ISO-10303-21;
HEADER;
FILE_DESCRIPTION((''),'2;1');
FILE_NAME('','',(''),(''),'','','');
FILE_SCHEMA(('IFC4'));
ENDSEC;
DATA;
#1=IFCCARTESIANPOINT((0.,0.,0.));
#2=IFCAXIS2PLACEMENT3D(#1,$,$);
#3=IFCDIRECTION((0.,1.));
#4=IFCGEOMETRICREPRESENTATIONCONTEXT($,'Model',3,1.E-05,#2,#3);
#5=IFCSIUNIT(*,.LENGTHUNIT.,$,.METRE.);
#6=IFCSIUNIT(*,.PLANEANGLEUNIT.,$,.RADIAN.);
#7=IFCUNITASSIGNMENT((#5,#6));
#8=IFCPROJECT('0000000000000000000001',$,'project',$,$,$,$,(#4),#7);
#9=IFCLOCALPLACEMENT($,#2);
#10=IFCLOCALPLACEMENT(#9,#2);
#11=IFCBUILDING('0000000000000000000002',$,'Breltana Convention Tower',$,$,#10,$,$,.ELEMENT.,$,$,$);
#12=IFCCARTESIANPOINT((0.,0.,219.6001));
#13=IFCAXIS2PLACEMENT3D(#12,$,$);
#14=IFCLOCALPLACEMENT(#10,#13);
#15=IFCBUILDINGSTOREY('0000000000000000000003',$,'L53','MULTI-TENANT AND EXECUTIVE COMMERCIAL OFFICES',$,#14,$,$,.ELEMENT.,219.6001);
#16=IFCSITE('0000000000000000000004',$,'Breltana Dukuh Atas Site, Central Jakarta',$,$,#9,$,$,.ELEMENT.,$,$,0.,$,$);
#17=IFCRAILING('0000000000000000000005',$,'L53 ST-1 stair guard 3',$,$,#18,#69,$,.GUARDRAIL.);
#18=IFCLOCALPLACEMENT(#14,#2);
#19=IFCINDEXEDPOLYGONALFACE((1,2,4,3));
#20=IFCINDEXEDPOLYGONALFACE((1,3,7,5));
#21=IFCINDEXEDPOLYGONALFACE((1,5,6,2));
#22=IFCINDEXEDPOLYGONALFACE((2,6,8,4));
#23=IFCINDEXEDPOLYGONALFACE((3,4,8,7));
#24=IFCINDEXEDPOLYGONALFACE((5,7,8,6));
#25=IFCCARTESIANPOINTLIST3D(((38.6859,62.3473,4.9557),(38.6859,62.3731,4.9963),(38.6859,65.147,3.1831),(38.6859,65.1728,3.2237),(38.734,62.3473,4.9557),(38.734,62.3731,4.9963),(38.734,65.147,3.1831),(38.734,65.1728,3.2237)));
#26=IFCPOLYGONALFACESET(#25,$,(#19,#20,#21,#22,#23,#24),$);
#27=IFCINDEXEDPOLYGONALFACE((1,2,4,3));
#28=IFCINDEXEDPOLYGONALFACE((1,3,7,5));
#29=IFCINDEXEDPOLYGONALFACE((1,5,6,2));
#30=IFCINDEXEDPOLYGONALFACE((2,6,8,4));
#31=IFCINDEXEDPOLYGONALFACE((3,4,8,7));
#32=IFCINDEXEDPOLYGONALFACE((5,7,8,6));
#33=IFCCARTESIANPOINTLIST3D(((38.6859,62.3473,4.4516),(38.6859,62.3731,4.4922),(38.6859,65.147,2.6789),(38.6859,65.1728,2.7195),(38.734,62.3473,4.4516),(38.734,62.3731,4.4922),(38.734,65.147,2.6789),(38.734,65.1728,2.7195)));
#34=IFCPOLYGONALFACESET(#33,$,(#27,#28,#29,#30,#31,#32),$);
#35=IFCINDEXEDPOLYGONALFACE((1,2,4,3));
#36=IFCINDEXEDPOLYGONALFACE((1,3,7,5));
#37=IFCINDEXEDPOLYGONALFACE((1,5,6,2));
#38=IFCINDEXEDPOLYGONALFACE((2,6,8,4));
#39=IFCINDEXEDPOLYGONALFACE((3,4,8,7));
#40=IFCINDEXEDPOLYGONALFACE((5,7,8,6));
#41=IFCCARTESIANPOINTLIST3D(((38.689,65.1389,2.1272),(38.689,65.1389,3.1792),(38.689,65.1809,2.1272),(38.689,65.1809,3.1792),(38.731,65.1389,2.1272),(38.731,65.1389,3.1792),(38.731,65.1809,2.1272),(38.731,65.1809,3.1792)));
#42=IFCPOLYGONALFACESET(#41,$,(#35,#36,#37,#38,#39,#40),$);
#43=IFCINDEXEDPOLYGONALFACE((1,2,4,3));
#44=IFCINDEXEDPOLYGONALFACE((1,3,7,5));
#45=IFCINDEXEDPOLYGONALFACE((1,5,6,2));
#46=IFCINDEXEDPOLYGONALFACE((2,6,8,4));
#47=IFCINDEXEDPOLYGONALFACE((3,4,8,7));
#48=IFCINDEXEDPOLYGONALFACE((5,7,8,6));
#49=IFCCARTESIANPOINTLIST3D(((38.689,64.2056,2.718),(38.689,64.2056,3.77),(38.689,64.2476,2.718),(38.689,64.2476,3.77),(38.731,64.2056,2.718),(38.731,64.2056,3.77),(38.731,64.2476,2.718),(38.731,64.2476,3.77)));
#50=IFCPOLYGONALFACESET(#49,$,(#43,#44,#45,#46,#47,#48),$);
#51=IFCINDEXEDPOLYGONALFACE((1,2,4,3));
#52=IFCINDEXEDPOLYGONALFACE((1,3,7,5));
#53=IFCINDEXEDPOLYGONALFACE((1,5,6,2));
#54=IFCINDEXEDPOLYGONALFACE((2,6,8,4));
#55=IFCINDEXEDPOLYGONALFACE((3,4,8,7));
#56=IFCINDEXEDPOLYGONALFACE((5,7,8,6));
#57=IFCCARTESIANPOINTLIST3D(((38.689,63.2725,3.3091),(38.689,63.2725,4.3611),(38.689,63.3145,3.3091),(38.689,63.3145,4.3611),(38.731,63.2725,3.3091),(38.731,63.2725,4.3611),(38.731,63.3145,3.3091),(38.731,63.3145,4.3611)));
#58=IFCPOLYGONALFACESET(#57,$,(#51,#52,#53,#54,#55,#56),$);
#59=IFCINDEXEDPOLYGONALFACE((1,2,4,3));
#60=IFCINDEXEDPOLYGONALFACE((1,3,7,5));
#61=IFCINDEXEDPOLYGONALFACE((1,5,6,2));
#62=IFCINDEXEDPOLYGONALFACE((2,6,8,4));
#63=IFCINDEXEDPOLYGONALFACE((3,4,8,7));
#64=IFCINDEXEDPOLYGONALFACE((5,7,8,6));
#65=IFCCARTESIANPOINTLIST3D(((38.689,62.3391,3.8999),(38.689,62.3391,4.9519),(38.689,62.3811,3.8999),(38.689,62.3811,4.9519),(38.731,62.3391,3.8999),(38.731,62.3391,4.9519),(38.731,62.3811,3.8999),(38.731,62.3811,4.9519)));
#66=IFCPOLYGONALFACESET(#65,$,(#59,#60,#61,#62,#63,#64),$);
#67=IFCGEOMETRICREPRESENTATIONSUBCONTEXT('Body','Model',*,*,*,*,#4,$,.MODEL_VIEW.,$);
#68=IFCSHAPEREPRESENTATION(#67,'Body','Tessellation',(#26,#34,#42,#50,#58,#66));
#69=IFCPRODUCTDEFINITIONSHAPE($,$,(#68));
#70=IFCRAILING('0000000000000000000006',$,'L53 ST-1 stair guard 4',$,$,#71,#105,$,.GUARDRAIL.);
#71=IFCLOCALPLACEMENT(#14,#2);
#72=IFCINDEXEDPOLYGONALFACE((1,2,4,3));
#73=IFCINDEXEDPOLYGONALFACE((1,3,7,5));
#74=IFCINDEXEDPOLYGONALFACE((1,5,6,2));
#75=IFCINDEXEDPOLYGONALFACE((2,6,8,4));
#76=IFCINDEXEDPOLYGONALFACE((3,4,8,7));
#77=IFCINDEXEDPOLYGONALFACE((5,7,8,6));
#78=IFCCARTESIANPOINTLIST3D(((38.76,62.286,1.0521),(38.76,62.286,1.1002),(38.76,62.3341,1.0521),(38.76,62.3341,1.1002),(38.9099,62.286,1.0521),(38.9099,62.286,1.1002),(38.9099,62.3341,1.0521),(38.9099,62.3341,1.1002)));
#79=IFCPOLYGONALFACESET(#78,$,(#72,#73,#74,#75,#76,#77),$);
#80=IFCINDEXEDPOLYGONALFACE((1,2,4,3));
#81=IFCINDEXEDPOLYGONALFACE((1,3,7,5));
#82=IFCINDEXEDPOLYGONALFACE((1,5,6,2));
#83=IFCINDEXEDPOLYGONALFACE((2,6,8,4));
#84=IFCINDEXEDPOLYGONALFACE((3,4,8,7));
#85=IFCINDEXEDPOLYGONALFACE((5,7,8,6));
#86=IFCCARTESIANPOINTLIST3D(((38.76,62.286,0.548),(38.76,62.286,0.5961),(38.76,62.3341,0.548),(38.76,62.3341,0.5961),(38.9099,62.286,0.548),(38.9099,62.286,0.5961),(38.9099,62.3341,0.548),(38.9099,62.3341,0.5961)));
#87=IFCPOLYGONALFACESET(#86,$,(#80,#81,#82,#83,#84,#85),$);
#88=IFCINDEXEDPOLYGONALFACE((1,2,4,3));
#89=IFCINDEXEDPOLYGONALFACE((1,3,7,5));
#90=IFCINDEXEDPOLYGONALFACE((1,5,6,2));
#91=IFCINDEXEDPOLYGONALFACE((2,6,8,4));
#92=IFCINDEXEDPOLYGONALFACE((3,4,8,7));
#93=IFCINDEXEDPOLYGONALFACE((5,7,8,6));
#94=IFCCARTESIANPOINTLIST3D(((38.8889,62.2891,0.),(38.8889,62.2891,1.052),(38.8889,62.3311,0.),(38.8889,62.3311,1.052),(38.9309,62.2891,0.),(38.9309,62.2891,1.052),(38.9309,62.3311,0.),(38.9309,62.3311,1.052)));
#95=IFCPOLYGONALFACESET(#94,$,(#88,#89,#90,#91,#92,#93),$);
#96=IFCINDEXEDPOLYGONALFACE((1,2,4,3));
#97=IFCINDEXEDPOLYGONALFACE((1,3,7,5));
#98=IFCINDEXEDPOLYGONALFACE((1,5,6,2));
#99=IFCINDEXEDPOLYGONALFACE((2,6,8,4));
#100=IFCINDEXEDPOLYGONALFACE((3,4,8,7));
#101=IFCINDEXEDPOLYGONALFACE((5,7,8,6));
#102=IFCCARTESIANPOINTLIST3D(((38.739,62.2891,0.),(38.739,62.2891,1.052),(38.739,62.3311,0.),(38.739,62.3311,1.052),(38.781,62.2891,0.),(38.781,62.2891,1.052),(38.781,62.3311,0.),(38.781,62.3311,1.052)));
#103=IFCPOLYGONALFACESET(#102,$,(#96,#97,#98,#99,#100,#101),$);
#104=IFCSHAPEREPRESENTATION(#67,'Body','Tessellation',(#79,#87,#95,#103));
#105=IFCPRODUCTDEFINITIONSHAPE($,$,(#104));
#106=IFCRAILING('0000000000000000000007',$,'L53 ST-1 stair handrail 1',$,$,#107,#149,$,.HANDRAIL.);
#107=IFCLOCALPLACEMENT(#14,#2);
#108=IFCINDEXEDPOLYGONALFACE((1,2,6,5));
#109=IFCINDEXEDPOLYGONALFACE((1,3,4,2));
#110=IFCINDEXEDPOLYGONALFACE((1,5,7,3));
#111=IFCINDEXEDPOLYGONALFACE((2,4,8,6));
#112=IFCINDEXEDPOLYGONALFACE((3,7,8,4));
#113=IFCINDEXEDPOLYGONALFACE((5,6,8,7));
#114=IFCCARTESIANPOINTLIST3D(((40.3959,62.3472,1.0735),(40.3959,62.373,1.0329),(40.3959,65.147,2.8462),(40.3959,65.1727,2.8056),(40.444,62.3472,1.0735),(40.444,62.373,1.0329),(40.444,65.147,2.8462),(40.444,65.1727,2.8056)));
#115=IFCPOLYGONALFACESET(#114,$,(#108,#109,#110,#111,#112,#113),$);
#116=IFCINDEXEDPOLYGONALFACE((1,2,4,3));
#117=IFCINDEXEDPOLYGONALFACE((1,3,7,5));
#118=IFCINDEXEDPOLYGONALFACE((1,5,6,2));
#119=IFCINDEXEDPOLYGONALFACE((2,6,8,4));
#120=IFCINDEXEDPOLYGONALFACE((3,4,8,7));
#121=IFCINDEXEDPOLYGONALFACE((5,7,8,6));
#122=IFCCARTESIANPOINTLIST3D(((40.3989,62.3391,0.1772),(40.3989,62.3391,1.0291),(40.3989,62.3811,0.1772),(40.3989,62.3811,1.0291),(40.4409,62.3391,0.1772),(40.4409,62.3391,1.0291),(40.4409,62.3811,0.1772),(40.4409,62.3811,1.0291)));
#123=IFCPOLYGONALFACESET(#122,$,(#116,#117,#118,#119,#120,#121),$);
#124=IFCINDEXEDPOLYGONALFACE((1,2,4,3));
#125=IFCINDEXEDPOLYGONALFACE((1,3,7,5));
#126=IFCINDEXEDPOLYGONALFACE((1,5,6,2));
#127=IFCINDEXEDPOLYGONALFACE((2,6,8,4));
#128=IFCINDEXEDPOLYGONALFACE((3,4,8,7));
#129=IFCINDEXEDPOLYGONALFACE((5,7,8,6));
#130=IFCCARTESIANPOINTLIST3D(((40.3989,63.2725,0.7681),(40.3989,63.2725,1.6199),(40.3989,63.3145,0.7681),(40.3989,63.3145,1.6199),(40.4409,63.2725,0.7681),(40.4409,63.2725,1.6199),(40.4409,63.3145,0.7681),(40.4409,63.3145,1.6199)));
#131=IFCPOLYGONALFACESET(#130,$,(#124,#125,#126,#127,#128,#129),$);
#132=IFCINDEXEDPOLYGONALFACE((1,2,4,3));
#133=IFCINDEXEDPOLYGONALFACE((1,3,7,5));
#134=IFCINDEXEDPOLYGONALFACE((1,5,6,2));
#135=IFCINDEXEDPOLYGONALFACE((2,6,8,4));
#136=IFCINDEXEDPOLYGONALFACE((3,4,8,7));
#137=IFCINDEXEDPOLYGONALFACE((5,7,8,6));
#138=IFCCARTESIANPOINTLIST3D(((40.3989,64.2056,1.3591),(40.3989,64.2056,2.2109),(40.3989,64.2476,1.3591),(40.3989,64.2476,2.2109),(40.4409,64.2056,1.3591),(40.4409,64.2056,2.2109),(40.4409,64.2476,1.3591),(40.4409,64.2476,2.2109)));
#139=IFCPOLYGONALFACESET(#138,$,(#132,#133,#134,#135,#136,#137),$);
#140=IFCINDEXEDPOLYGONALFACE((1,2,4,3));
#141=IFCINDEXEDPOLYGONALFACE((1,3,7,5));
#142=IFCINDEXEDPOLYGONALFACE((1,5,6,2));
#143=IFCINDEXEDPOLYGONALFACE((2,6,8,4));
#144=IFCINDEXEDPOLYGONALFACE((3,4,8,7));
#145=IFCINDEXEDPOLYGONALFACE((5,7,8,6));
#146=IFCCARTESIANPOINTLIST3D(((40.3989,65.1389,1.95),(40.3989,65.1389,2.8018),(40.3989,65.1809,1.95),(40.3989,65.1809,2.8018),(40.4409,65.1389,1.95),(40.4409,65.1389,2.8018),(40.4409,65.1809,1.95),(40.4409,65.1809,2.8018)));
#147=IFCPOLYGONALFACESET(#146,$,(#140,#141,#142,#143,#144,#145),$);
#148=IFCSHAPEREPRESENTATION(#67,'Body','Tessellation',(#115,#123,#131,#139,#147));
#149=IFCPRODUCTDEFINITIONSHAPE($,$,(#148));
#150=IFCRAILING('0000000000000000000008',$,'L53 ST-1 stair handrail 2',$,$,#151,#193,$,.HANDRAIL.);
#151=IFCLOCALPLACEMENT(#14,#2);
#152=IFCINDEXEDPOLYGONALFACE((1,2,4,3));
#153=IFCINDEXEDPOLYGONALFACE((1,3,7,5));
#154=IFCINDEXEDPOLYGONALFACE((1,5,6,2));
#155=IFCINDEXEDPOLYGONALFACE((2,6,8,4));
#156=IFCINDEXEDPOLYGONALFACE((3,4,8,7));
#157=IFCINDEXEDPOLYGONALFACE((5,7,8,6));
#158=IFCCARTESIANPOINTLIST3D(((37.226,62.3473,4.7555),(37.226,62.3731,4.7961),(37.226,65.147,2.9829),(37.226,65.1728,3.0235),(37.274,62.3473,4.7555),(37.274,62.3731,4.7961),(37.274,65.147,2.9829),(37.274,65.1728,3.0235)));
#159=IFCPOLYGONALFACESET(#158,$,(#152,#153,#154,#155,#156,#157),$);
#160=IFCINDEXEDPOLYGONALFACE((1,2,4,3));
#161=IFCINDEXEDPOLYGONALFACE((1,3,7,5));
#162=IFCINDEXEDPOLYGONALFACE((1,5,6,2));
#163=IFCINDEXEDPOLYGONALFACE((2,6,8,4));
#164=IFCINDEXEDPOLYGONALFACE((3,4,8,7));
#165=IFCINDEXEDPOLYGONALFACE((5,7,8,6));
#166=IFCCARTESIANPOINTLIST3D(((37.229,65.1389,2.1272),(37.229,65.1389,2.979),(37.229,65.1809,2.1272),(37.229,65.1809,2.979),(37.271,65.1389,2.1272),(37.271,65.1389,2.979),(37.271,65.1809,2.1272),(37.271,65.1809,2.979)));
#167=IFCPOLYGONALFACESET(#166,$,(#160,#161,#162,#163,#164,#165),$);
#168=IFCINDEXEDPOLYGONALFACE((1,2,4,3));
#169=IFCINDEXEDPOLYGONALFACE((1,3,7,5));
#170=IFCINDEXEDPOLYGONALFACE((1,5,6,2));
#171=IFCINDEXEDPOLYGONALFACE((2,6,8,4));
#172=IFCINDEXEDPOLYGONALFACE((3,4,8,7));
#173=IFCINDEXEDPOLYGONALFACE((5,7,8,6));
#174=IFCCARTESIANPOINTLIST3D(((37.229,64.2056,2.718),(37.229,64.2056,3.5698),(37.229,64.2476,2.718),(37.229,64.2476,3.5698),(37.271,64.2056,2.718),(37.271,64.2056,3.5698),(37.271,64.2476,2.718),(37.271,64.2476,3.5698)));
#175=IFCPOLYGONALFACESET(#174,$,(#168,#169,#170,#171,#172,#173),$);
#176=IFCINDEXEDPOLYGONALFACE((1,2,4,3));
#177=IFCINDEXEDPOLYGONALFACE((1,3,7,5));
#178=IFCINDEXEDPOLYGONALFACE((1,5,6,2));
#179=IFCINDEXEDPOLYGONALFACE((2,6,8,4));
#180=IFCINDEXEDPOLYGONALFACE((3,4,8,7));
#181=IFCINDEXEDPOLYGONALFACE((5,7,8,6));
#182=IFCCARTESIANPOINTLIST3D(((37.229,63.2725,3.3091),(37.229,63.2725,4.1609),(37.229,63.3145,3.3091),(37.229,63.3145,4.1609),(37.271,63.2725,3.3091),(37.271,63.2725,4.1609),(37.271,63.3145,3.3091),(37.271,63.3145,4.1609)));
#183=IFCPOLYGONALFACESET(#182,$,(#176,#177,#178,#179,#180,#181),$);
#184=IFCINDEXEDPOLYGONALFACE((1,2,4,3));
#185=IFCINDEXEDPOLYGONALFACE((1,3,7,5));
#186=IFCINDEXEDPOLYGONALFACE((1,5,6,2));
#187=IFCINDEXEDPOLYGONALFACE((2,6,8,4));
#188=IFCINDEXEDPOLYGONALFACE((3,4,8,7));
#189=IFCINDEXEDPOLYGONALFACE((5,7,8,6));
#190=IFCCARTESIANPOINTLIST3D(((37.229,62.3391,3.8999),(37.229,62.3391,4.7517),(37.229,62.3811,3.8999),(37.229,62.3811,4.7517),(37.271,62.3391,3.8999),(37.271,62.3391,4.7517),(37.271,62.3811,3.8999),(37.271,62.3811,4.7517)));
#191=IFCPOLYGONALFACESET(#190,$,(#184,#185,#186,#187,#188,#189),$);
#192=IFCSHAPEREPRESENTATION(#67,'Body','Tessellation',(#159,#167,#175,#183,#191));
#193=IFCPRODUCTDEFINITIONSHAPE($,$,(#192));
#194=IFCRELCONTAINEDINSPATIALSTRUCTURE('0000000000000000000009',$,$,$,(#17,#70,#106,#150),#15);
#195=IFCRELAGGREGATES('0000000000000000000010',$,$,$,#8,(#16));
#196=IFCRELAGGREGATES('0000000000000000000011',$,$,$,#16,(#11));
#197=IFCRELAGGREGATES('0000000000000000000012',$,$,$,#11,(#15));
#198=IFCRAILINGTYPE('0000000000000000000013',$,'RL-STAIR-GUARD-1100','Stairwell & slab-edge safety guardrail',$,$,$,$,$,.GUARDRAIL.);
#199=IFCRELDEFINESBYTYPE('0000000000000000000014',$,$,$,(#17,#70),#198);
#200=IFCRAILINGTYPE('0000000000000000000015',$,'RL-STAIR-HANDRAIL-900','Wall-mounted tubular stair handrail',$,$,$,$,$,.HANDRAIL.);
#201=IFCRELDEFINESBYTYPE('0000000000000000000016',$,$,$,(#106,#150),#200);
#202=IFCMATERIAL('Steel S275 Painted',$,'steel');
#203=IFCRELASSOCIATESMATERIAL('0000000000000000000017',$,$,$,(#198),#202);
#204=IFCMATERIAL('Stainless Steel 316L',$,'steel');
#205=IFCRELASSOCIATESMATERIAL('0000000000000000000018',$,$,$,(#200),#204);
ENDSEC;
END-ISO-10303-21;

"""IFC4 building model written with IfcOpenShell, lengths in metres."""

from ifc_helpers import new_model, si_unit, direction, frame, origin, origin_2d, place, context, subcontext, project, spatial, rectangle, extrude, material, type_object, element, save


model = new_model("IFC4")

# Units and contexts
model_context = context("Model", 3, precision=1e-05, world=origin(), true_north=direction((0.0, 1.0)))
body_context = subcontext(model_context, "Body", "Model", "MODEL_VIEW")
ifc_project = project(units=[si_unit("LENGTHUNIT", "METRE"), si_unit("PLANEANGLEUNIT", "RADIAN")], contexts=[model_context])

# Site, building, storey
site_placement = place(None, origin())
site = spatial("IfcSite", under=ifc_project, at=site_placement, Name="Breltana Dukuh Atas Site, Central Jakarta", CompositionType="ELEMENT", RefElevation=0.0)
building_placement = place(site_placement, origin())
building = spatial("IfcBuilding", under=site, at=building_placement, Name="Breltana Convention Tower", CompositionType="ELEMENT")
storey_placement = place(building_placement, frame((0.0, 0.0, 219.6001)))
storey = spatial("IfcBuildingStorey", under=building, at=storey_placement, Name="L53", Description="MULTI-TENANT AND EXECUTIVE COMMERCIAL OFFICES", CompositionType="ELEMENT", Elevation=219.6001)

# Railings
ifc_material_1 = material(Name="Steel S275 Painted", Category="steel")
railing_type_1 = type_object("IfcRailingType", Name="RL-STAIR-GUARD-1100", Description="Stairwell & slab-edge safety guardrail", PredefinedType="GUARDRAIL", material=ifc_material_1)
railing_1_placement = place(storey_placement, frame((38.71, 65.1599, 2.1272)))
element("IfcRailing", 1, at=railing_1_placement, inside=storey, type_object=railing_type_1, Name="L53 ST-1 stair guard 3", PredefinedType="GUARDRAIL", context=body_context, shape_type="SweptSolid", body=[
    extrude(rectangle(XDim=0.0481, YDim=0.0481, at=origin_2d()), frame((0.0, 0.0, 1.0762), z_axis=(0.0, -0.844888, 0.534943), x_axis=(1.0, 0.0, 0.0)), (0.0, 0.0, 1.0), 3.3137),
    extrude(rectangle(XDim=0.0481, YDim=0.0481, at=origin_2d()), frame((0.0, 0.0, 0.572), z_axis=(0.0, -0.844888, 0.534943), x_axis=(1.0, 0.0, 0.0)), (0.0, 0.0, 1.0), 3.3137),
    extrude(rectangle(XDim=0.042, YDim=0.042, at=origin_2d()), origin(), (0.0, 0.0, 1.0), 1.052),
    extrude(rectangle(XDim=0.042, YDim=0.042, at=origin_2d()), frame((0.0, -0.9333, 0.5908)), (0.0, 0.0, 1.0), 1.052),
    extrude(rectangle(XDim=0.042, YDim=0.042, at=origin_2d()), frame((0.0, -1.8665, 1.1819)), (0.0, 0.0, 1.0), 1.052),
    extrude(rectangle(XDim=0.042, YDim=0.042, at=origin_2d()), frame((0.0, -2.7998, 1.7727)), (0.0, 0.0, 1.0), 1.052),
])
railing_2_placement = place(storey_placement, frame((38.9099, 62.3101, 0.0)))
element("IfcRailing", 2, at=railing_2_placement, inside=storey, type_object=railing_type_1, Name="L53 ST-1 stair guard 4", PredefinedType="GUARDRAIL", context=body_context, shape_type="SweptSolid", body=[
    extrude(rectangle(XDim=0.0481, YDim=0.0481, at=origin_2d()), frame((0.0, 0.0, 1.0762), z_axis=(-1.0, 0.0, 0.0), x_axis=(0.0, -1.0, 0.0)), (0.0, 0.0, 1.0), 0.1499),
    extrude(rectangle(XDim=0.0481, YDim=0.0481, at=origin_2d()), frame((0.0, 0.0, 0.572), z_axis=(-1.0, 0.0, 0.0), x_axis=(0.0, -1.0, 0.0)), (0.0, 0.0, 1.0), 0.1499),
    extrude(rectangle(XDim=0.042, YDim=0.042, at=origin_2d()), origin(), (0.0, 0.0, 1.0), 1.052),
    extrude(rectangle(XDim=0.042, YDim=0.042, at=origin_2d()), frame((-0.1499, 0.0, 0.0)), (0.0, 0.0, 1.0), 1.052),
])
ifc_material_2 = material(Name="Stainless Steel 316L", Category="steel")
railing_type_2 = type_object("IfcRailingType", Name="RL-STAIR-HANDRAIL-900", Description="Wall-mounted tubular stair handrail", PredefinedType="HANDRAIL", material=ifc_material_2)
railing_3_placement = place(storey_placement, frame((40.4199, 62.3601, 0.1772)))
element("IfcRailing", 3, at=railing_3_placement, inside=storey, type_object=railing_type_2, Name="L53 ST-1 stair handrail 1", PredefinedType="HANDRAIL", context=body_context, shape_type="SweptSolid", body=[
    extrude(rectangle(XDim=0.0481, YDim=0.0481, at=origin_2d()), frame((0.0, 0.0, 0.876), z_axis=(0.0, 0.844888, 0.534943), x_axis=(-1.0, 0.0, 0.0)), (0.0, 0.0, 1.0), 3.3137),
    extrude(rectangle(XDim=0.042, YDim=0.042, at=origin_2d()), origin(), (0.0, 0.0, 1.0), 0.8518),
    extrude(rectangle(XDim=0.042, YDim=0.042, at=origin_2d()), frame((0.0, 0.9333, 0.5908)), (0.0, 0.0, 1.0), 0.8518),
    extrude(rectangle(XDim=0.042, YDim=0.042, at=origin_2d()), frame((0.0, 1.8665, 1.1819)), (0.0, 0.0, 1.0), 0.8518),
    extrude(rectangle(XDim=0.042, YDim=0.042, at=origin_2d()), frame((0.0, 2.7998, 1.7727)), (0.0, 0.0, 1.0), 0.8518),
])
railing_4_placement = place(storey_placement, frame((37.25, 65.1599, 2.1272)))
element("IfcRailing", 4, at=railing_4_placement, inside=storey, type_object=railing_type_2, Name="L53 ST-1 stair handrail 2", PredefinedType="HANDRAIL", context=body_context, shape_type="SweptSolid", body=[
    extrude(rectangle(XDim=0.0481, YDim=0.0481, at=origin_2d()), frame((0.0, 0.0, 0.876), z_axis=(0.0, -0.844888, 0.534943), x_axis=(1.0, 0.0, 0.0)), (0.0, 0.0, 1.0), 3.3137),
    extrude(rectangle(XDim=0.042, YDim=0.042, at=origin_2d()), origin(), (0.0, 0.0, 1.0), 0.8518),
    extrude(rectangle(XDim=0.042, YDim=0.042, at=origin_2d()), frame((0.0, -0.9333, 0.5908)), (0.0, 0.0, 1.0), 0.8518),
    extrude(rectangle(XDim=0.042, YDim=0.042, at=origin_2d()), frame((0.0, -1.8665, 1.1819)), (0.0, 0.0, 1.0), 0.8518),
    extrude(rectangle(XDim=0.042, YDim=0.042, at=origin_2d()), frame((0.0, -2.7998, 1.7727)), (0.0, 0.0, 1.0), 0.8518),
])

save(model, "model.ifc")
